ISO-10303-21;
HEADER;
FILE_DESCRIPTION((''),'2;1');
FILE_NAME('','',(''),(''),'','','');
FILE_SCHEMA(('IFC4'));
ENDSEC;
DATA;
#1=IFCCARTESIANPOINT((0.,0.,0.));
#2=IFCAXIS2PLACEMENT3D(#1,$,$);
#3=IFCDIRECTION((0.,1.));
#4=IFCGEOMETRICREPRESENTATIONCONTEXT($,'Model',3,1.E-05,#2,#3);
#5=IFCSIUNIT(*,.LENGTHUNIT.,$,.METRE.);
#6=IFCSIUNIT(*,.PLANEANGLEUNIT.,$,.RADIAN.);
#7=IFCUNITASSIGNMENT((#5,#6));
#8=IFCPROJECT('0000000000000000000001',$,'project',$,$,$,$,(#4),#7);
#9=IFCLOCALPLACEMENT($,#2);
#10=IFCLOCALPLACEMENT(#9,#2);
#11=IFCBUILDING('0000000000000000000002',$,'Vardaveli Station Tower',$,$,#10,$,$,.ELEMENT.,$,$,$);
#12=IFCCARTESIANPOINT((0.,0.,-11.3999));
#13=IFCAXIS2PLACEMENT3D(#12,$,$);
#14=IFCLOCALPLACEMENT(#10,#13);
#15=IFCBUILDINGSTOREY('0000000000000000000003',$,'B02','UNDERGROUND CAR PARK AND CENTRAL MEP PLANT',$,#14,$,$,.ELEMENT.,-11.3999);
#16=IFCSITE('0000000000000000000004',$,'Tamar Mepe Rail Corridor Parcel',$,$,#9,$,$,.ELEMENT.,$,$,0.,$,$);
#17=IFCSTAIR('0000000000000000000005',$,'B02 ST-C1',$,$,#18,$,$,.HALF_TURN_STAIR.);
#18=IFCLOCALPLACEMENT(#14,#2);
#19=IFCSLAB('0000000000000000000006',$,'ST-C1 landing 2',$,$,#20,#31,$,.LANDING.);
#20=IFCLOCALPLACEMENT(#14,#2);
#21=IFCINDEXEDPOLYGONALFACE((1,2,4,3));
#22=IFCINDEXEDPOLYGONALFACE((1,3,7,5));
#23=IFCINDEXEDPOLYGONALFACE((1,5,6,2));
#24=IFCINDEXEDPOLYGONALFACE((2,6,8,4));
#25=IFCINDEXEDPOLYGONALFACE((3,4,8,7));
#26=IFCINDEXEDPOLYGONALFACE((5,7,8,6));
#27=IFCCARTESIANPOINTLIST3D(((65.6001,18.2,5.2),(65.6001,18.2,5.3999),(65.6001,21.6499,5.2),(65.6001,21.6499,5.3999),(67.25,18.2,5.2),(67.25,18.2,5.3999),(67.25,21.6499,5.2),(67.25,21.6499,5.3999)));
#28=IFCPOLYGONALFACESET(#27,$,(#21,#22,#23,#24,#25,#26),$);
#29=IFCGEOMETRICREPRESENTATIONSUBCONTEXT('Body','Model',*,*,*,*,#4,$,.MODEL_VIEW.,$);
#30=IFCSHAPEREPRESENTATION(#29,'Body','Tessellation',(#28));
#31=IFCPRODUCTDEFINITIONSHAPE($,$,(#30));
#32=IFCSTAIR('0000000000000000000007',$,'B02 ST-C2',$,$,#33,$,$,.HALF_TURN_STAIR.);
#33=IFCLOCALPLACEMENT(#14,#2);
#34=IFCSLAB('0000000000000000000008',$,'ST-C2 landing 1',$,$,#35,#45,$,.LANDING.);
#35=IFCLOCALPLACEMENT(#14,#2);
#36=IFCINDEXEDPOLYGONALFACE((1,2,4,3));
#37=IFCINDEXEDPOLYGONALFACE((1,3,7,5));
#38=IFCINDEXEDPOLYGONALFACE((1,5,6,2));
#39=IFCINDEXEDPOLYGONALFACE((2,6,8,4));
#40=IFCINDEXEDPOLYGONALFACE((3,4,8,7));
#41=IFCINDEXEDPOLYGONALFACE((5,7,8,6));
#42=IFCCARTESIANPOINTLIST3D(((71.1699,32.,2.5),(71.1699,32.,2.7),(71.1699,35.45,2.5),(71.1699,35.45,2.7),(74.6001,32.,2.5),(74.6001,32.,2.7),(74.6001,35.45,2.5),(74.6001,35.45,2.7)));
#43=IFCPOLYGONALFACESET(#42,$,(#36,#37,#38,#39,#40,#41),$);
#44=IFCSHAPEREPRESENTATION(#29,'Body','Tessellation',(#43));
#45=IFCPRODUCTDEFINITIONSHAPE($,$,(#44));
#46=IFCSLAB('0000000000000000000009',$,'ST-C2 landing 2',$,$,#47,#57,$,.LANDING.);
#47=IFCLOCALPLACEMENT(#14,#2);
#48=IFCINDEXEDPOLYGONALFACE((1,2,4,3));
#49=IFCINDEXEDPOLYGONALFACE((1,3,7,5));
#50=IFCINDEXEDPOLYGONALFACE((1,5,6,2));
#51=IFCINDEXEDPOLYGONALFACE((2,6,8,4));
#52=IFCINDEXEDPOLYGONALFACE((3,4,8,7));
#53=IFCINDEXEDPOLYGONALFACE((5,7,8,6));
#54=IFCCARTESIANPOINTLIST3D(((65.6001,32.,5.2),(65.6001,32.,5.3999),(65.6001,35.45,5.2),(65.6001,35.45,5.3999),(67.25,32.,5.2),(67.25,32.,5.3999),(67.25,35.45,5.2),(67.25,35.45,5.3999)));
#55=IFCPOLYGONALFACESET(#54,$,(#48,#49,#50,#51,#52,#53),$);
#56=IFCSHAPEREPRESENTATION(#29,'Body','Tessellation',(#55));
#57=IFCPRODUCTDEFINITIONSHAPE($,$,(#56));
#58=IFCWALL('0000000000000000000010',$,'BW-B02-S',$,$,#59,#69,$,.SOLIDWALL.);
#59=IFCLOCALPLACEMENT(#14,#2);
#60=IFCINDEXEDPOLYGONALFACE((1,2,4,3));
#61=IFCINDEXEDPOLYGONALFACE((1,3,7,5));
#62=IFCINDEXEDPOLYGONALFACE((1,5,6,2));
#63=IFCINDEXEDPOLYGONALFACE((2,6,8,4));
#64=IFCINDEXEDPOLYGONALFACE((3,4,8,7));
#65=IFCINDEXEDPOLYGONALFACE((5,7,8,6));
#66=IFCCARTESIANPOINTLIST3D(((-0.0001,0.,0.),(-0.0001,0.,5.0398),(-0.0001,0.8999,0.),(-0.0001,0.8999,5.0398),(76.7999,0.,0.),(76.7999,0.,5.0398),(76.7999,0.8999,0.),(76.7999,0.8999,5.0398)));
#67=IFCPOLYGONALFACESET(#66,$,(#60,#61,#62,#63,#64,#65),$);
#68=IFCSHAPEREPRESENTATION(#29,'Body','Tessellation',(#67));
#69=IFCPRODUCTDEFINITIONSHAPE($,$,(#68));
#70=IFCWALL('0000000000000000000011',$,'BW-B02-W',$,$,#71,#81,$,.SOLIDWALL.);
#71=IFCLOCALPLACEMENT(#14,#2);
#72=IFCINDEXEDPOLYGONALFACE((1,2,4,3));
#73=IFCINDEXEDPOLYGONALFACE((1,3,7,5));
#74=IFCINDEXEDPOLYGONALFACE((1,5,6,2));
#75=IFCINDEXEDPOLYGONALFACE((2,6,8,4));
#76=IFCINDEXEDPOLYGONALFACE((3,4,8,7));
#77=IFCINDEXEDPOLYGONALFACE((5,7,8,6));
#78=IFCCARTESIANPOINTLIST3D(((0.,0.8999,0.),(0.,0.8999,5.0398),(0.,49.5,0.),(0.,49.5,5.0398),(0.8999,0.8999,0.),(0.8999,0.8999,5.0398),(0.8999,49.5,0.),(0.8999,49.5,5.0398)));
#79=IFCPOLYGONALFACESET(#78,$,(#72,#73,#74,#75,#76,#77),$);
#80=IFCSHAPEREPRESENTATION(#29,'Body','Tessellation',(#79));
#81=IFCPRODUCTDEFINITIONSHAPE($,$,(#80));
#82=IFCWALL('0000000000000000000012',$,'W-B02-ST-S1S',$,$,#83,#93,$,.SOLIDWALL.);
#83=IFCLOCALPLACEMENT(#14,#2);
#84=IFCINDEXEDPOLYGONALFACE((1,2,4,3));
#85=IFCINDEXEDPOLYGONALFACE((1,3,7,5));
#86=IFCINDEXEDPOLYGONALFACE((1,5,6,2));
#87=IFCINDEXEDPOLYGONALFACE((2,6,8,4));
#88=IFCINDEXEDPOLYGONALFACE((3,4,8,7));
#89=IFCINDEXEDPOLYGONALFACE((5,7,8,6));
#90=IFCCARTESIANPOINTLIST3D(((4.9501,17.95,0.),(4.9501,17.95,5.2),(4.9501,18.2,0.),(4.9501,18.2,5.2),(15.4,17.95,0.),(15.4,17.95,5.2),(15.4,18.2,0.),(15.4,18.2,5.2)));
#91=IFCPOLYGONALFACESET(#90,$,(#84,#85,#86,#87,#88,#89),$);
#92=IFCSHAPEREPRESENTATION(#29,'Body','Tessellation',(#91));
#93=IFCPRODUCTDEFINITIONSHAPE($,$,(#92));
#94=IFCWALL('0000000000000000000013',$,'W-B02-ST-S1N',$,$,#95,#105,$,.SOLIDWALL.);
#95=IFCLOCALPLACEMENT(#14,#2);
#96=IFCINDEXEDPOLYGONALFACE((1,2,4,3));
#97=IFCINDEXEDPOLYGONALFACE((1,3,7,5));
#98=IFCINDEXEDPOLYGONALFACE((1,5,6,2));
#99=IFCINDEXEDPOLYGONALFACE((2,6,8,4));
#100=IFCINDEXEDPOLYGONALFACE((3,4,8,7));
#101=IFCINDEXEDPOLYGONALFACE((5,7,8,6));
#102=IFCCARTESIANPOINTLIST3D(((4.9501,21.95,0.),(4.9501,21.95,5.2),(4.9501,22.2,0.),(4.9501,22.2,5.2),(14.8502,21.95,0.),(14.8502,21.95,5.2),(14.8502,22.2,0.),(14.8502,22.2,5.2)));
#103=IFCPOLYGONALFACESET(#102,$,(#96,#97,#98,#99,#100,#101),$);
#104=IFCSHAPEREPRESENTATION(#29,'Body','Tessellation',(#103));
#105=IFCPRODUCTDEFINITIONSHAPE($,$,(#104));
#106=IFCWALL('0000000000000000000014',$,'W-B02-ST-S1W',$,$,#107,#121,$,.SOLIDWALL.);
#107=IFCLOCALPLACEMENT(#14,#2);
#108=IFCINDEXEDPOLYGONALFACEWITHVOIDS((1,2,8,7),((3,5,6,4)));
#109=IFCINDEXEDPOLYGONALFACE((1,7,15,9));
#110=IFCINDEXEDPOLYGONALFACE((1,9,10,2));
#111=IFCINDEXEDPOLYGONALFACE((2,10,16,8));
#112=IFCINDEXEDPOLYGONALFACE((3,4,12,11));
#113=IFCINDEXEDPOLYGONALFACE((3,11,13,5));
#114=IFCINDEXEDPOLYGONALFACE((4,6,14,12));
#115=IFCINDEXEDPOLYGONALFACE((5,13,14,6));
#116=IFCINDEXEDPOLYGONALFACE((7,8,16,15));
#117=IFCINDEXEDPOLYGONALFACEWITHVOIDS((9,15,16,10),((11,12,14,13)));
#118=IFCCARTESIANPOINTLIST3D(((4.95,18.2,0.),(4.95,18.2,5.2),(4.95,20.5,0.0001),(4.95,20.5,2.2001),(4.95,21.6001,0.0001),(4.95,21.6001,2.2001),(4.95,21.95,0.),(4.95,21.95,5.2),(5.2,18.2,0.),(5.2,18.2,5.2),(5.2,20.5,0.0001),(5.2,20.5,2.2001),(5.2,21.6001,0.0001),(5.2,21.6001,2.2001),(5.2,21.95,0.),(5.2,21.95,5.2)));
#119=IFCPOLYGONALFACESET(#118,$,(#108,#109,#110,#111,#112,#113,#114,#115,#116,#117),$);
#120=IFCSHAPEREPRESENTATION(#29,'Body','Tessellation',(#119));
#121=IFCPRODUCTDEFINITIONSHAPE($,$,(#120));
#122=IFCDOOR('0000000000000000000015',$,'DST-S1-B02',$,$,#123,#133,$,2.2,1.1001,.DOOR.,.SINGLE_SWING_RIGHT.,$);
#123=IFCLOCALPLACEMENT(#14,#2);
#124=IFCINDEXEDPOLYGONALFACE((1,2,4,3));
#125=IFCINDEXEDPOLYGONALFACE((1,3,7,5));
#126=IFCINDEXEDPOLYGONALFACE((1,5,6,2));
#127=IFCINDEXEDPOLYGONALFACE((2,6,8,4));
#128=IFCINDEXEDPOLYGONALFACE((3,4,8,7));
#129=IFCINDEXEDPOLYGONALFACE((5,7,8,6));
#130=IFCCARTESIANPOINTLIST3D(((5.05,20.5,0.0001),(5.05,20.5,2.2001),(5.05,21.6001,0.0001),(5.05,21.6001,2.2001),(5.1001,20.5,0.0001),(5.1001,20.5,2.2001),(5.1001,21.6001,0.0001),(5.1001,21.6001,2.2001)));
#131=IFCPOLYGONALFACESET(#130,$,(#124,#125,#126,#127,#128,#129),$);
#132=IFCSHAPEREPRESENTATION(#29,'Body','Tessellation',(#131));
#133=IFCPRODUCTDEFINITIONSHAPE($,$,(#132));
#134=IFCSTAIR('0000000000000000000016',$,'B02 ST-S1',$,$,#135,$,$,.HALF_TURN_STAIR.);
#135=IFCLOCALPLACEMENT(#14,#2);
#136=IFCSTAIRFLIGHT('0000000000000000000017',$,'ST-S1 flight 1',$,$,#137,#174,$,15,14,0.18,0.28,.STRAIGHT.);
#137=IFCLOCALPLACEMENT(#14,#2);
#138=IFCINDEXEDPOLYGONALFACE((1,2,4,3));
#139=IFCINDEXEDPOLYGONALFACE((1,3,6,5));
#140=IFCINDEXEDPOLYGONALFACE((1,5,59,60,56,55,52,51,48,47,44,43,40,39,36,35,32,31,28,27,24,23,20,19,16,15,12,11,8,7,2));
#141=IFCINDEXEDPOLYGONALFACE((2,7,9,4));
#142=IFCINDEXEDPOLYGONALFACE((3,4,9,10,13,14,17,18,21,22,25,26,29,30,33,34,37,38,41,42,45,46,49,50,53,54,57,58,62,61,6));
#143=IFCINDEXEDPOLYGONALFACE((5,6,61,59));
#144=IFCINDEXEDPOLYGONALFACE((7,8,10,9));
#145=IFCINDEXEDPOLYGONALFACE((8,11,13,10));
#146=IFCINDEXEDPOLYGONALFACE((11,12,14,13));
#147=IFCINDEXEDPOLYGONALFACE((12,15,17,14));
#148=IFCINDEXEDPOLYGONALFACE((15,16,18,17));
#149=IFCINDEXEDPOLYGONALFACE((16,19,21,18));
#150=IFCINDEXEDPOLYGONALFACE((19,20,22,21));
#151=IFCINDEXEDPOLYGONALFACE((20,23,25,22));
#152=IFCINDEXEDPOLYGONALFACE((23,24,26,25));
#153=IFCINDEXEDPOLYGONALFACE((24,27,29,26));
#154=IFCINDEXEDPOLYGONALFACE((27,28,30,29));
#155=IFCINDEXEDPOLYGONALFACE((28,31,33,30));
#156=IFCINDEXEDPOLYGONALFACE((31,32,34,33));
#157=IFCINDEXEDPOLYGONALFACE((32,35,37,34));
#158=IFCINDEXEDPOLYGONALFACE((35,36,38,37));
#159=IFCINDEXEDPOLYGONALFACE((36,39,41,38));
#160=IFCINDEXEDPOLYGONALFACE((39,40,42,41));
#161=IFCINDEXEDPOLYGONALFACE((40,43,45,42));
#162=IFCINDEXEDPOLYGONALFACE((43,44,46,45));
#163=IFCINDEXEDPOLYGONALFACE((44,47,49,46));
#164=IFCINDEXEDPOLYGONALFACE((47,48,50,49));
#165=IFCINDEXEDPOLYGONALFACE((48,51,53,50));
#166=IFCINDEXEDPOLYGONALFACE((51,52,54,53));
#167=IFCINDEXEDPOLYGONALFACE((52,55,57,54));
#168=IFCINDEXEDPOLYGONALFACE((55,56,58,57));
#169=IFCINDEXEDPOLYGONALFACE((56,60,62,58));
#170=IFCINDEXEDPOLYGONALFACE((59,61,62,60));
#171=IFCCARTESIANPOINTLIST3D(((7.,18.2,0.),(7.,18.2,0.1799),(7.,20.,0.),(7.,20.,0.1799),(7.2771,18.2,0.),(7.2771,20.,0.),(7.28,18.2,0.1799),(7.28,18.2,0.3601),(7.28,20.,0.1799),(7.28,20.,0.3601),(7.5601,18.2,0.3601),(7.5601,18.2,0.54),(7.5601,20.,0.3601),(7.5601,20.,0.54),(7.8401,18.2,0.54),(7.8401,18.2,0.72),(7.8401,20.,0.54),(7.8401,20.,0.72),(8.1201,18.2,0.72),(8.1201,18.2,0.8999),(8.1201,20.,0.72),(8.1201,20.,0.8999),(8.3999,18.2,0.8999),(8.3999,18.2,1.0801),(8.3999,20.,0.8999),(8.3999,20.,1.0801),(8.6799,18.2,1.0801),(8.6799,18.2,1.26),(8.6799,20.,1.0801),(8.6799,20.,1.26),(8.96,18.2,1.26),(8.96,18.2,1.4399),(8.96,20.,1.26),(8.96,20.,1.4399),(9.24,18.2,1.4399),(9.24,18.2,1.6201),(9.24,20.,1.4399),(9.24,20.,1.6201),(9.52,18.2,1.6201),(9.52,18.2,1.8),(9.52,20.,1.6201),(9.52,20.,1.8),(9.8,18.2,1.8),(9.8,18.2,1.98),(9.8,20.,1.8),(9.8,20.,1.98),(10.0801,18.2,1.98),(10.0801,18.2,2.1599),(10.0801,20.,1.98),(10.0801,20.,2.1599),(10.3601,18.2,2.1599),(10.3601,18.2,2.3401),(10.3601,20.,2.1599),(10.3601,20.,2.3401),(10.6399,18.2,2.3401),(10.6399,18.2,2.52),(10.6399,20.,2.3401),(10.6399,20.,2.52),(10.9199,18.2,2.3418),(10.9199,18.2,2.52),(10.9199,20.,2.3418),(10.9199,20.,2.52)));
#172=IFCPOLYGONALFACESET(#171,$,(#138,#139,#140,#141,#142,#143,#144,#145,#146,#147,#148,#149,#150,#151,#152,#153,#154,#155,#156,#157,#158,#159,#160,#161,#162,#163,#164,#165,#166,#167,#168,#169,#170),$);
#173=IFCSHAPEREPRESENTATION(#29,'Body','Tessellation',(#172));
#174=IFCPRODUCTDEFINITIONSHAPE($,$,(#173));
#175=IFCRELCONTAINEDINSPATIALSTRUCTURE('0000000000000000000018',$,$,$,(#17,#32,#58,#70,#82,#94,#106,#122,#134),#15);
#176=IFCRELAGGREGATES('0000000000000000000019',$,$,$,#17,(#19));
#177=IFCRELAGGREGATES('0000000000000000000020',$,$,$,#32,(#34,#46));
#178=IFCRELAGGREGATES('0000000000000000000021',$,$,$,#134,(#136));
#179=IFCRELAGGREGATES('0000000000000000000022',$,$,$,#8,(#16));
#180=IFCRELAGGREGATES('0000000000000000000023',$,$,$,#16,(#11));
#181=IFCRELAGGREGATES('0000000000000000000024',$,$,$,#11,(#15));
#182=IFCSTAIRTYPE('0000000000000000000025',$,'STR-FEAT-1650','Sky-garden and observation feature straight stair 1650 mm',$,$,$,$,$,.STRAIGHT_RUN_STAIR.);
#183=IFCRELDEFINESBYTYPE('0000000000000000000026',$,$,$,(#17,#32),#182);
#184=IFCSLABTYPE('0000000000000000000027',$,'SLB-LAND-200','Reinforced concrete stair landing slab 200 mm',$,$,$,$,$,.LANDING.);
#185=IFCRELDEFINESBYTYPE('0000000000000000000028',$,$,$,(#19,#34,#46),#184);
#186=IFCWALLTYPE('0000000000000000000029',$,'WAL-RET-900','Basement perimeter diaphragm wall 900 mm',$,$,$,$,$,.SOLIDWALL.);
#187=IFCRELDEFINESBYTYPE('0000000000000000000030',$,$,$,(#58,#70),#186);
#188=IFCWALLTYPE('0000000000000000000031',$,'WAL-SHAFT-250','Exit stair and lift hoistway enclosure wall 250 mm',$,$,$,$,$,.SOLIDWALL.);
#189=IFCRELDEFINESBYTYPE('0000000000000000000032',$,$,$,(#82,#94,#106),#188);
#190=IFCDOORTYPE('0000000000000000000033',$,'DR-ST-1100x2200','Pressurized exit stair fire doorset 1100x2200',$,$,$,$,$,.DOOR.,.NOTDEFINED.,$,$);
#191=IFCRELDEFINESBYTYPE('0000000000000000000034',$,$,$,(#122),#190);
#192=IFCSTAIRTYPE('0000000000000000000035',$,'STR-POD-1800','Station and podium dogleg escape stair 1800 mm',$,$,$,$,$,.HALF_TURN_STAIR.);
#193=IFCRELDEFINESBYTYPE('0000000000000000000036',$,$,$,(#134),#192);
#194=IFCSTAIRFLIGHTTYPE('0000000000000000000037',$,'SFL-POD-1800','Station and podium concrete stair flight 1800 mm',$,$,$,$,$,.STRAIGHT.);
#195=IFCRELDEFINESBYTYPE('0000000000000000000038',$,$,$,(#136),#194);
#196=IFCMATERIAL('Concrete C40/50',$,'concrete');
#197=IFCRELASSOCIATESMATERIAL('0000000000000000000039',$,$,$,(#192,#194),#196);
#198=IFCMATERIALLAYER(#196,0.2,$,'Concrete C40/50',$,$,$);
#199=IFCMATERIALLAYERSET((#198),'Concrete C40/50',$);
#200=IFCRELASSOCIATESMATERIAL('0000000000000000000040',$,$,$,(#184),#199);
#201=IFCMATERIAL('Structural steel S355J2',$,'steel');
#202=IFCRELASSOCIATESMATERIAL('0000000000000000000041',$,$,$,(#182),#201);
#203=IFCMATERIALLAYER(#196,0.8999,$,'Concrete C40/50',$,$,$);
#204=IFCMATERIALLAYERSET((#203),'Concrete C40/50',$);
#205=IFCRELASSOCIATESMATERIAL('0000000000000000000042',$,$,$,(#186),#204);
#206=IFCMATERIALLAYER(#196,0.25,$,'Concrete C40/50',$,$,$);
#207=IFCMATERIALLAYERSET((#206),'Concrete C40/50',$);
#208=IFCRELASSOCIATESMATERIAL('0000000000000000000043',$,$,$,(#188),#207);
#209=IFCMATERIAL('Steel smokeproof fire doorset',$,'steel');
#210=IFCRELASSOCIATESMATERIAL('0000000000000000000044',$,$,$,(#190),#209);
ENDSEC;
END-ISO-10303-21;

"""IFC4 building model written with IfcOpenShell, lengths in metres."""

from ifc_helpers import new_model, si_unit, direction, frame, frame_2d, origin, place, context, subcontext, project, spatial, polyline, rectangle, outline, extrude, source, transform, mapped, material, layer, layer_set, type_object, element, fill, aggregate, save


model = new_model("IFC4")

# Units and contexts
model_context = context("Model", 3, precision=1e-05, world=origin(), true_north=direction((0.0, 1.0)))
body_context = subcontext(model_context, "Body", "Model", "MODEL_VIEW")
ifc_project = project(units=[si_unit("LENGTHUNIT", "METRE"), si_unit("PLANEANGLEUNIT", "RADIAN")], contexts=[model_context])

# Site, building, storey
site_placement = place(None, origin())
site = spatial("IfcSite", under=ifc_project, at=site_placement, Name="Tamar Mepe Rail Corridor Parcel", CompositionType="ELEMENT", RefElevation=0.0)
building_placement = place(site_placement, origin())
building = spatial("IfcBuilding", under=site, at=building_placement, Name="Vardaveli Station Tower", CompositionType="ELEMENT")
storey_placement = place(building_placement, frame((0.0, 0.0, -11.3999)))
storey = spatial("IfcBuildingStorey", under=building, at=storey_placement, Name="B02", Description="UNDERGROUND CAR PARK AND CENTRAL MEP PLANT", CompositionType="ELEMENT", Elevation=-11.3999)

# Shared definitions
ifc_material_1 = material(Name="Concrete C40/50", Category="concrete")

# Shared definitions
stair_type_1 = type_object("IfcStairType", Name="STR-POD-1800", Description="Station and podium dogleg escape stair 1800 mm", PredefinedType="HALF_TURN_STAIR", material=ifc_material_1)
ifc_layer_1 = layer(ifc_material_1, 0.2, Name="Concrete C40/50")
ifc_layer_set_1 = layer_set([ifc_layer_1], Name="Concrete C40/50")
slab_type = type_object("IfcSlabType", Name="SLB-LAND-200", Description="Reinforced concrete stair landing slab 200 mm", PredefinedType="LANDING", material=ifc_layer_set_1)

# Stairs, slabs
ifc_material_2 = material(Name="Structural steel S355J2", Category="steel")
stair_type_2 = type_object("IfcStairType", Name="STR-FEAT-1650", Description="Sky-garden and observation feature straight stair 1650 mm", PredefinedType="STRAIGHT_RUN_STAIR", material=ifc_material_2)
stair_1_placement = place(storey_placement, origin())
stair_1 = element("IfcStair", 1, at=stair_1_placement, inside=storey, type_object=stair_type_2, Name="B02 ST-C1", PredefinedType="HALF_TURN_STAIR")
slab_1_placement = place(storey_placement, frame((0.0, 0.0, 5.2)))
slab_1 = element("IfcSlab", 2, at=slab_1_placement, type_object=slab_type, Name="ST-C1 landing 2", PredefinedType="LANDING", context=body_context, shape_type="SweptSolid", body=[
    extrude(outline(polyline([(65.6001, 18.2), (67.25, 18.2), (67.25, 21.6499), (65.6001, 21.6499), (65.6001, 18.2)])), origin(), (0.0, 0.0, 1.0), 0.2),
])
aggregate(stair_1, [slab_1])
stair_2_placement = place(storey_placement, origin())
stair_2 = element("IfcStair", 3, at=stair_2_placement, inside=storey, type_object=stair_type_2, Name="B02 ST-C2", PredefinedType="HALF_TURN_STAIR")
slab_2_placement = place(storey_placement, frame((0.0, 0.0, 2.5)))
slab_2 = element("IfcSlab", 4, at=slab_2_placement, type_object=slab_type, Name="ST-C2 landing 1", PredefinedType="LANDING", context=body_context, shape_type="SweptSolid", body=[
    extrude(outline(polyline([(71.1699, 32.0), (74.6001, 32.0), (74.6001, 35.45), (71.1699, 35.45), (71.1699, 32.0)])), origin(), (0.0, 0.0, 1.0), 0.2),
])
slab_3_placement = place(storey_placement, frame((0.0, 0.0, 5.2)))
slab_3 = element("IfcSlab", 5, at=slab_3_placement, type_object=slab_type, Name="ST-C2 landing 2", PredefinedType="LANDING", context=body_context, shape_type="SweptSolid", body=[
    extrude(outline(polyline([(65.6001, 32.0), (67.25, 32.0), (67.25, 35.45), (65.6001, 35.45), (65.6001, 32.0)])), origin(), (0.0, 0.0, 1.0), 0.2),
])
aggregate(stair_2, [slab_2, slab_3])

# Walls
ifc_layer_2 = layer(ifc_material_1, 0.8999, Name="Concrete C40/50")
ifc_layer_set_2 = layer_set([ifc_layer_2], Name="Concrete C40/50")
wall_type_1 = type_object("IfcWallType", Name="WAL-RET-900", Description="Basement perimeter diaphragm wall 900 mm", PredefinedType="SOLIDWALL", material=ifc_layer_set_2)
shared_shape_1 = source(origin(), body_context, "Body", "SweptSolid", [
    extrude(rectangle(XDim=76.8, YDim=0.8999, at=frame_2d((38.3999, 0.0))), origin(), (0.0, 0.0, 1.0), 5.0398),
])
wall_1_placement = place(storey_placement, frame((0.0, 0.45, 0.0), z_axis=(0.0, 0.0, 1.0), x_axis=(1.0, 0.0, 0.0)))
element("IfcWall", 6, at=wall_1_placement, inside=storey, type_object=wall_type_1, Name="BW-B02-S", PredefinedType="SOLIDWALL", context=body_context, shape_type="MappedRepresentation", body=[
    mapped(shared_shape_1, transform((0.0, 0.0, 0.0), scale=1.0)),
])
shared_shape_2 = source(origin(), body_context, "Body", "SweptSolid", [
    extrude(rectangle(XDim=48.6001, YDim=0.8999, at=frame_2d((24.3, 0.0))), origin(), (0.0, 0.0, 1.0), 5.0398),
])
wall_2_placement = place(storey_placement, frame((0.45, 0.8999, 0.0), z_axis=(0.0, 0.0, 1.0), x_axis=(0.0, 1.0, 0.0)))
element("IfcWall", 7, at=wall_2_placement, inside=storey, type_object=wall_type_1, Name="BW-B02-W", PredefinedType="SOLIDWALL", context=body_context, shape_type="MappedRepresentation", body=[
    mapped(shared_shape_2, transform((0.0, 0.0, 0.0), scale=1.0)),
])
ifc_layer_3 = layer(ifc_material_1, 0.25, Name="Concrete C40/50")
ifc_layer_set_3 = layer_set([ifc_layer_3], Name="Concrete C40/50")
wall_type_2 = type_object("IfcWallType", Name="WAL-SHAFT-250", Description="Exit stair and lift hoistway enclosure wall 250 mm", PredefinedType="SOLIDWALL", material=ifc_layer_set_3)
shared_shape_3 = source(origin(), body_context, "Body", "SweptSolid", [
    extrude(rectangle(XDim=10.45, YDim=0.25, at=frame_2d((5.2251, 0.0))), origin(), (0.0, 0.0, 1.0), 5.2),
])
wall_3_placement = place(storey_placement, frame((4.95, 18.075, 0.0), z_axis=(0.0, 0.0, 1.0), x_axis=(1.0, 0.0, 0.0)))
element("IfcWall", 8, at=wall_3_placement, inside=storey, type_object=wall_type_2, Name="W-B02-ST-S1S", PredefinedType="SOLIDWALL", context=body_context, shape_type="MappedRepresentation", body=[
    mapped(shared_shape_3, transform((0.0, 0.0, 0.0), scale=1.0)),
])
shared_shape_4 = source(origin(), body_context, "Body", "SweptSolid", [
    extrude(rectangle(XDim=9.9001, YDim=0.25, at=frame_2d((4.9502, 0.0))), origin(), (0.0, 0.0, 1.0), 5.2),
])
wall_4_placement = place(storey_placement, frame((4.95, 22.075, 0.0), z_axis=(0.0, 0.0, 1.0), x_axis=(1.0, 0.0, 0.0)))
element("IfcWall", 9, at=wall_4_placement, inside=storey, type_object=wall_type_2, Name="W-B02-ST-S1N", PredefinedType="SOLIDWALL", context=body_context, shape_type="MappedRepresentation", body=[
    mapped(shared_shape_4, transform((0.0, 0.0, 0.0), scale=1.0)),
])

# Wall, opening, door
shared_shape_5 = source(origin(), body_context, "Body", "SweptSolid", [
    extrude(rectangle(XDim=3.75, YDim=0.25, at=frame_2d((1.875, 0.0))), origin(), (0.0, 0.0, 1.0), 5.2),
])
wall_5_placement = place(storey_placement, frame((5.075, 18.2, 0.0), z_axis=(0.0, 0.0, 1.0), x_axis=(0.0, 1.0, 0.0)))
wall_5 = element("IfcWall", 10, at=wall_5_placement, inside=storey, type_object=wall_type_2, Name="W-B02-ST-S1W", PredefinedType="SOLIDWALL", context=body_context, shape_type="MappedRepresentation", body=[
    mapped(shared_shape_5, transform((0.0, 0.0, 0.0), scale=1.0)),
])
shared_shape_6 = source(origin(), body_context, "Body", "SweptSolid", [
    extrude(rectangle(XDim=1.1001, YDim=2.2, at=frame_2d((0.55, 1.1001))), frame((0.0, 0.135, 0.0), z_axis=(0.0, -1.0, 0.0), x_axis=(1.0, 0.0, 0.0)), (0.0, 0.0, 1.0), 0.27),
])
opening_placement = place(wall_5_placement, frame((2.3, 0.0, 0.0)))
opening = element("IfcOpeningElement", 11, at=opening_placement, cuts=wall_5, PredefinedType="OPENING", context=body_context, shape_type="MappedRepresentation", body=[
    mapped(shared_shape_6, transform((0.0, 0.0, 0.0), scale=1.0)),
])
ifc_material_3 = material(Name="Steel smokeproof fire doorset", Category="steel")
door_type = type_object("IfcDoorType", Name="DR-ST-1100x2200", Description="Pressurized exit stair fire doorset 1100x2200", OperationType="NOTDEFINED", PredefinedType="DOOR", material=ifc_material_3)
shared_shape_7 = source(origin(), body_context, "Body", "SweptSolid", [
    extrude(rectangle(XDim=1.1001, YDim=2.2, at=frame_2d((0.55, 1.1001))), frame((0.0, 0.0249, 0.0), z_axis=(0.0, -1.0, 0.0), x_axis=(1.0, 0.0, 0.0)), (0.0, 0.0, 1.0), 0.05),
])
door_placement = place(opening_placement, origin())
door = element("IfcDoor", 12, at=door_placement, inside=storey, type_object=door_type, Name="DST-S1-B02", OperationType="SINGLE_SWING_RIGHT", OverallHeight=2.2, OverallWidth=1.1001, PredefinedType="DOOR", context=body_context, shape_type="MappedRepresentation", body=[
    mapped(shared_shape_7, transform((0.0, 0.0, 0.0), scale=1.0)),
])
fill(opening, door)

# Stair, stair flight
stair_3_placement = place(storey_placement, origin())
stair_3 = element("IfcStair", 13, at=stair_3_placement, inside=storey, type_object=stair_type_1, Name="B02 ST-S1", PredefinedType="HALF_TURN_STAIR")
stair_flight_type = type_object("IfcStairFlightType", Name="SFL-POD-1800", Description="Station and podium concrete stair flight 1800 mm", PredefinedType="STRAIGHT", material=ifc_material_1)
shared_shape_8 = source(origin(), body_context, "Body", "SweptSolid", [
    extrude(outline(polyline([(0.0, 0.0), (0.0, 0.1799), (0.28, 0.1799), (0.28, 0.3601), (0.5601, 0.3601), (0.5601, 0.54), (0.8401, 0.54), (0.8401, 0.72), (1.1201, 0.72), (1.1201, 0.8999), (1.3999, 0.8999), (1.3999, 1.0801), (1.6799, 1.0801), (1.6799, 1.26), (1.96, 1.26), (1.96, 1.4399), (2.24, 1.4399), (2.24, 1.6201), (2.52, 1.6201), (2.52, 1.8), (2.8, 1.8), (2.8, 1.98), (3.0801, 1.98), (3.0801, 2.1599), (3.3601, 2.1599), (3.3601, 2.3401), (3.6399, 2.3401), (3.6399, 2.52), (3.9199, 2.52), (3.9199, 2.7), (3.9199, 2.3418), (0.2771, 0.0), (0.0, 0.0)])), frame((0.0, 0.8999, 0.0), z_axis=(0.0, -1.0, 0.0), x_axis=(1.0, 0.0, 0.0)), (0.0, 0.0, 1.0), 1.8),
])
stair_flight_placement = place(storey_placement, frame((7.0, 19.1001, 0.0), z_axis=(0.0, 0.0, 1.0), x_axis=(1.0, 0.0, 0.0)))
stair_flight = element("IfcStairFlight", 14, at=stair_flight_placement, type_object=stair_flight_type, Name="ST-S1 flight 1", NumberOfRisers=15, NumberOfTreads=14, PredefinedType="STRAIGHT", RiserHeight=0.18, TreadLength=0.28, context=body_context, shape_type="MappedRepresentation", body=[
    mapped(shared_shape_8, transform((0.0, 0.0, 0.0), scale=1.0)),
])
aggregate(stair_3, [stair_flight])

save(model, "model.ifc")
